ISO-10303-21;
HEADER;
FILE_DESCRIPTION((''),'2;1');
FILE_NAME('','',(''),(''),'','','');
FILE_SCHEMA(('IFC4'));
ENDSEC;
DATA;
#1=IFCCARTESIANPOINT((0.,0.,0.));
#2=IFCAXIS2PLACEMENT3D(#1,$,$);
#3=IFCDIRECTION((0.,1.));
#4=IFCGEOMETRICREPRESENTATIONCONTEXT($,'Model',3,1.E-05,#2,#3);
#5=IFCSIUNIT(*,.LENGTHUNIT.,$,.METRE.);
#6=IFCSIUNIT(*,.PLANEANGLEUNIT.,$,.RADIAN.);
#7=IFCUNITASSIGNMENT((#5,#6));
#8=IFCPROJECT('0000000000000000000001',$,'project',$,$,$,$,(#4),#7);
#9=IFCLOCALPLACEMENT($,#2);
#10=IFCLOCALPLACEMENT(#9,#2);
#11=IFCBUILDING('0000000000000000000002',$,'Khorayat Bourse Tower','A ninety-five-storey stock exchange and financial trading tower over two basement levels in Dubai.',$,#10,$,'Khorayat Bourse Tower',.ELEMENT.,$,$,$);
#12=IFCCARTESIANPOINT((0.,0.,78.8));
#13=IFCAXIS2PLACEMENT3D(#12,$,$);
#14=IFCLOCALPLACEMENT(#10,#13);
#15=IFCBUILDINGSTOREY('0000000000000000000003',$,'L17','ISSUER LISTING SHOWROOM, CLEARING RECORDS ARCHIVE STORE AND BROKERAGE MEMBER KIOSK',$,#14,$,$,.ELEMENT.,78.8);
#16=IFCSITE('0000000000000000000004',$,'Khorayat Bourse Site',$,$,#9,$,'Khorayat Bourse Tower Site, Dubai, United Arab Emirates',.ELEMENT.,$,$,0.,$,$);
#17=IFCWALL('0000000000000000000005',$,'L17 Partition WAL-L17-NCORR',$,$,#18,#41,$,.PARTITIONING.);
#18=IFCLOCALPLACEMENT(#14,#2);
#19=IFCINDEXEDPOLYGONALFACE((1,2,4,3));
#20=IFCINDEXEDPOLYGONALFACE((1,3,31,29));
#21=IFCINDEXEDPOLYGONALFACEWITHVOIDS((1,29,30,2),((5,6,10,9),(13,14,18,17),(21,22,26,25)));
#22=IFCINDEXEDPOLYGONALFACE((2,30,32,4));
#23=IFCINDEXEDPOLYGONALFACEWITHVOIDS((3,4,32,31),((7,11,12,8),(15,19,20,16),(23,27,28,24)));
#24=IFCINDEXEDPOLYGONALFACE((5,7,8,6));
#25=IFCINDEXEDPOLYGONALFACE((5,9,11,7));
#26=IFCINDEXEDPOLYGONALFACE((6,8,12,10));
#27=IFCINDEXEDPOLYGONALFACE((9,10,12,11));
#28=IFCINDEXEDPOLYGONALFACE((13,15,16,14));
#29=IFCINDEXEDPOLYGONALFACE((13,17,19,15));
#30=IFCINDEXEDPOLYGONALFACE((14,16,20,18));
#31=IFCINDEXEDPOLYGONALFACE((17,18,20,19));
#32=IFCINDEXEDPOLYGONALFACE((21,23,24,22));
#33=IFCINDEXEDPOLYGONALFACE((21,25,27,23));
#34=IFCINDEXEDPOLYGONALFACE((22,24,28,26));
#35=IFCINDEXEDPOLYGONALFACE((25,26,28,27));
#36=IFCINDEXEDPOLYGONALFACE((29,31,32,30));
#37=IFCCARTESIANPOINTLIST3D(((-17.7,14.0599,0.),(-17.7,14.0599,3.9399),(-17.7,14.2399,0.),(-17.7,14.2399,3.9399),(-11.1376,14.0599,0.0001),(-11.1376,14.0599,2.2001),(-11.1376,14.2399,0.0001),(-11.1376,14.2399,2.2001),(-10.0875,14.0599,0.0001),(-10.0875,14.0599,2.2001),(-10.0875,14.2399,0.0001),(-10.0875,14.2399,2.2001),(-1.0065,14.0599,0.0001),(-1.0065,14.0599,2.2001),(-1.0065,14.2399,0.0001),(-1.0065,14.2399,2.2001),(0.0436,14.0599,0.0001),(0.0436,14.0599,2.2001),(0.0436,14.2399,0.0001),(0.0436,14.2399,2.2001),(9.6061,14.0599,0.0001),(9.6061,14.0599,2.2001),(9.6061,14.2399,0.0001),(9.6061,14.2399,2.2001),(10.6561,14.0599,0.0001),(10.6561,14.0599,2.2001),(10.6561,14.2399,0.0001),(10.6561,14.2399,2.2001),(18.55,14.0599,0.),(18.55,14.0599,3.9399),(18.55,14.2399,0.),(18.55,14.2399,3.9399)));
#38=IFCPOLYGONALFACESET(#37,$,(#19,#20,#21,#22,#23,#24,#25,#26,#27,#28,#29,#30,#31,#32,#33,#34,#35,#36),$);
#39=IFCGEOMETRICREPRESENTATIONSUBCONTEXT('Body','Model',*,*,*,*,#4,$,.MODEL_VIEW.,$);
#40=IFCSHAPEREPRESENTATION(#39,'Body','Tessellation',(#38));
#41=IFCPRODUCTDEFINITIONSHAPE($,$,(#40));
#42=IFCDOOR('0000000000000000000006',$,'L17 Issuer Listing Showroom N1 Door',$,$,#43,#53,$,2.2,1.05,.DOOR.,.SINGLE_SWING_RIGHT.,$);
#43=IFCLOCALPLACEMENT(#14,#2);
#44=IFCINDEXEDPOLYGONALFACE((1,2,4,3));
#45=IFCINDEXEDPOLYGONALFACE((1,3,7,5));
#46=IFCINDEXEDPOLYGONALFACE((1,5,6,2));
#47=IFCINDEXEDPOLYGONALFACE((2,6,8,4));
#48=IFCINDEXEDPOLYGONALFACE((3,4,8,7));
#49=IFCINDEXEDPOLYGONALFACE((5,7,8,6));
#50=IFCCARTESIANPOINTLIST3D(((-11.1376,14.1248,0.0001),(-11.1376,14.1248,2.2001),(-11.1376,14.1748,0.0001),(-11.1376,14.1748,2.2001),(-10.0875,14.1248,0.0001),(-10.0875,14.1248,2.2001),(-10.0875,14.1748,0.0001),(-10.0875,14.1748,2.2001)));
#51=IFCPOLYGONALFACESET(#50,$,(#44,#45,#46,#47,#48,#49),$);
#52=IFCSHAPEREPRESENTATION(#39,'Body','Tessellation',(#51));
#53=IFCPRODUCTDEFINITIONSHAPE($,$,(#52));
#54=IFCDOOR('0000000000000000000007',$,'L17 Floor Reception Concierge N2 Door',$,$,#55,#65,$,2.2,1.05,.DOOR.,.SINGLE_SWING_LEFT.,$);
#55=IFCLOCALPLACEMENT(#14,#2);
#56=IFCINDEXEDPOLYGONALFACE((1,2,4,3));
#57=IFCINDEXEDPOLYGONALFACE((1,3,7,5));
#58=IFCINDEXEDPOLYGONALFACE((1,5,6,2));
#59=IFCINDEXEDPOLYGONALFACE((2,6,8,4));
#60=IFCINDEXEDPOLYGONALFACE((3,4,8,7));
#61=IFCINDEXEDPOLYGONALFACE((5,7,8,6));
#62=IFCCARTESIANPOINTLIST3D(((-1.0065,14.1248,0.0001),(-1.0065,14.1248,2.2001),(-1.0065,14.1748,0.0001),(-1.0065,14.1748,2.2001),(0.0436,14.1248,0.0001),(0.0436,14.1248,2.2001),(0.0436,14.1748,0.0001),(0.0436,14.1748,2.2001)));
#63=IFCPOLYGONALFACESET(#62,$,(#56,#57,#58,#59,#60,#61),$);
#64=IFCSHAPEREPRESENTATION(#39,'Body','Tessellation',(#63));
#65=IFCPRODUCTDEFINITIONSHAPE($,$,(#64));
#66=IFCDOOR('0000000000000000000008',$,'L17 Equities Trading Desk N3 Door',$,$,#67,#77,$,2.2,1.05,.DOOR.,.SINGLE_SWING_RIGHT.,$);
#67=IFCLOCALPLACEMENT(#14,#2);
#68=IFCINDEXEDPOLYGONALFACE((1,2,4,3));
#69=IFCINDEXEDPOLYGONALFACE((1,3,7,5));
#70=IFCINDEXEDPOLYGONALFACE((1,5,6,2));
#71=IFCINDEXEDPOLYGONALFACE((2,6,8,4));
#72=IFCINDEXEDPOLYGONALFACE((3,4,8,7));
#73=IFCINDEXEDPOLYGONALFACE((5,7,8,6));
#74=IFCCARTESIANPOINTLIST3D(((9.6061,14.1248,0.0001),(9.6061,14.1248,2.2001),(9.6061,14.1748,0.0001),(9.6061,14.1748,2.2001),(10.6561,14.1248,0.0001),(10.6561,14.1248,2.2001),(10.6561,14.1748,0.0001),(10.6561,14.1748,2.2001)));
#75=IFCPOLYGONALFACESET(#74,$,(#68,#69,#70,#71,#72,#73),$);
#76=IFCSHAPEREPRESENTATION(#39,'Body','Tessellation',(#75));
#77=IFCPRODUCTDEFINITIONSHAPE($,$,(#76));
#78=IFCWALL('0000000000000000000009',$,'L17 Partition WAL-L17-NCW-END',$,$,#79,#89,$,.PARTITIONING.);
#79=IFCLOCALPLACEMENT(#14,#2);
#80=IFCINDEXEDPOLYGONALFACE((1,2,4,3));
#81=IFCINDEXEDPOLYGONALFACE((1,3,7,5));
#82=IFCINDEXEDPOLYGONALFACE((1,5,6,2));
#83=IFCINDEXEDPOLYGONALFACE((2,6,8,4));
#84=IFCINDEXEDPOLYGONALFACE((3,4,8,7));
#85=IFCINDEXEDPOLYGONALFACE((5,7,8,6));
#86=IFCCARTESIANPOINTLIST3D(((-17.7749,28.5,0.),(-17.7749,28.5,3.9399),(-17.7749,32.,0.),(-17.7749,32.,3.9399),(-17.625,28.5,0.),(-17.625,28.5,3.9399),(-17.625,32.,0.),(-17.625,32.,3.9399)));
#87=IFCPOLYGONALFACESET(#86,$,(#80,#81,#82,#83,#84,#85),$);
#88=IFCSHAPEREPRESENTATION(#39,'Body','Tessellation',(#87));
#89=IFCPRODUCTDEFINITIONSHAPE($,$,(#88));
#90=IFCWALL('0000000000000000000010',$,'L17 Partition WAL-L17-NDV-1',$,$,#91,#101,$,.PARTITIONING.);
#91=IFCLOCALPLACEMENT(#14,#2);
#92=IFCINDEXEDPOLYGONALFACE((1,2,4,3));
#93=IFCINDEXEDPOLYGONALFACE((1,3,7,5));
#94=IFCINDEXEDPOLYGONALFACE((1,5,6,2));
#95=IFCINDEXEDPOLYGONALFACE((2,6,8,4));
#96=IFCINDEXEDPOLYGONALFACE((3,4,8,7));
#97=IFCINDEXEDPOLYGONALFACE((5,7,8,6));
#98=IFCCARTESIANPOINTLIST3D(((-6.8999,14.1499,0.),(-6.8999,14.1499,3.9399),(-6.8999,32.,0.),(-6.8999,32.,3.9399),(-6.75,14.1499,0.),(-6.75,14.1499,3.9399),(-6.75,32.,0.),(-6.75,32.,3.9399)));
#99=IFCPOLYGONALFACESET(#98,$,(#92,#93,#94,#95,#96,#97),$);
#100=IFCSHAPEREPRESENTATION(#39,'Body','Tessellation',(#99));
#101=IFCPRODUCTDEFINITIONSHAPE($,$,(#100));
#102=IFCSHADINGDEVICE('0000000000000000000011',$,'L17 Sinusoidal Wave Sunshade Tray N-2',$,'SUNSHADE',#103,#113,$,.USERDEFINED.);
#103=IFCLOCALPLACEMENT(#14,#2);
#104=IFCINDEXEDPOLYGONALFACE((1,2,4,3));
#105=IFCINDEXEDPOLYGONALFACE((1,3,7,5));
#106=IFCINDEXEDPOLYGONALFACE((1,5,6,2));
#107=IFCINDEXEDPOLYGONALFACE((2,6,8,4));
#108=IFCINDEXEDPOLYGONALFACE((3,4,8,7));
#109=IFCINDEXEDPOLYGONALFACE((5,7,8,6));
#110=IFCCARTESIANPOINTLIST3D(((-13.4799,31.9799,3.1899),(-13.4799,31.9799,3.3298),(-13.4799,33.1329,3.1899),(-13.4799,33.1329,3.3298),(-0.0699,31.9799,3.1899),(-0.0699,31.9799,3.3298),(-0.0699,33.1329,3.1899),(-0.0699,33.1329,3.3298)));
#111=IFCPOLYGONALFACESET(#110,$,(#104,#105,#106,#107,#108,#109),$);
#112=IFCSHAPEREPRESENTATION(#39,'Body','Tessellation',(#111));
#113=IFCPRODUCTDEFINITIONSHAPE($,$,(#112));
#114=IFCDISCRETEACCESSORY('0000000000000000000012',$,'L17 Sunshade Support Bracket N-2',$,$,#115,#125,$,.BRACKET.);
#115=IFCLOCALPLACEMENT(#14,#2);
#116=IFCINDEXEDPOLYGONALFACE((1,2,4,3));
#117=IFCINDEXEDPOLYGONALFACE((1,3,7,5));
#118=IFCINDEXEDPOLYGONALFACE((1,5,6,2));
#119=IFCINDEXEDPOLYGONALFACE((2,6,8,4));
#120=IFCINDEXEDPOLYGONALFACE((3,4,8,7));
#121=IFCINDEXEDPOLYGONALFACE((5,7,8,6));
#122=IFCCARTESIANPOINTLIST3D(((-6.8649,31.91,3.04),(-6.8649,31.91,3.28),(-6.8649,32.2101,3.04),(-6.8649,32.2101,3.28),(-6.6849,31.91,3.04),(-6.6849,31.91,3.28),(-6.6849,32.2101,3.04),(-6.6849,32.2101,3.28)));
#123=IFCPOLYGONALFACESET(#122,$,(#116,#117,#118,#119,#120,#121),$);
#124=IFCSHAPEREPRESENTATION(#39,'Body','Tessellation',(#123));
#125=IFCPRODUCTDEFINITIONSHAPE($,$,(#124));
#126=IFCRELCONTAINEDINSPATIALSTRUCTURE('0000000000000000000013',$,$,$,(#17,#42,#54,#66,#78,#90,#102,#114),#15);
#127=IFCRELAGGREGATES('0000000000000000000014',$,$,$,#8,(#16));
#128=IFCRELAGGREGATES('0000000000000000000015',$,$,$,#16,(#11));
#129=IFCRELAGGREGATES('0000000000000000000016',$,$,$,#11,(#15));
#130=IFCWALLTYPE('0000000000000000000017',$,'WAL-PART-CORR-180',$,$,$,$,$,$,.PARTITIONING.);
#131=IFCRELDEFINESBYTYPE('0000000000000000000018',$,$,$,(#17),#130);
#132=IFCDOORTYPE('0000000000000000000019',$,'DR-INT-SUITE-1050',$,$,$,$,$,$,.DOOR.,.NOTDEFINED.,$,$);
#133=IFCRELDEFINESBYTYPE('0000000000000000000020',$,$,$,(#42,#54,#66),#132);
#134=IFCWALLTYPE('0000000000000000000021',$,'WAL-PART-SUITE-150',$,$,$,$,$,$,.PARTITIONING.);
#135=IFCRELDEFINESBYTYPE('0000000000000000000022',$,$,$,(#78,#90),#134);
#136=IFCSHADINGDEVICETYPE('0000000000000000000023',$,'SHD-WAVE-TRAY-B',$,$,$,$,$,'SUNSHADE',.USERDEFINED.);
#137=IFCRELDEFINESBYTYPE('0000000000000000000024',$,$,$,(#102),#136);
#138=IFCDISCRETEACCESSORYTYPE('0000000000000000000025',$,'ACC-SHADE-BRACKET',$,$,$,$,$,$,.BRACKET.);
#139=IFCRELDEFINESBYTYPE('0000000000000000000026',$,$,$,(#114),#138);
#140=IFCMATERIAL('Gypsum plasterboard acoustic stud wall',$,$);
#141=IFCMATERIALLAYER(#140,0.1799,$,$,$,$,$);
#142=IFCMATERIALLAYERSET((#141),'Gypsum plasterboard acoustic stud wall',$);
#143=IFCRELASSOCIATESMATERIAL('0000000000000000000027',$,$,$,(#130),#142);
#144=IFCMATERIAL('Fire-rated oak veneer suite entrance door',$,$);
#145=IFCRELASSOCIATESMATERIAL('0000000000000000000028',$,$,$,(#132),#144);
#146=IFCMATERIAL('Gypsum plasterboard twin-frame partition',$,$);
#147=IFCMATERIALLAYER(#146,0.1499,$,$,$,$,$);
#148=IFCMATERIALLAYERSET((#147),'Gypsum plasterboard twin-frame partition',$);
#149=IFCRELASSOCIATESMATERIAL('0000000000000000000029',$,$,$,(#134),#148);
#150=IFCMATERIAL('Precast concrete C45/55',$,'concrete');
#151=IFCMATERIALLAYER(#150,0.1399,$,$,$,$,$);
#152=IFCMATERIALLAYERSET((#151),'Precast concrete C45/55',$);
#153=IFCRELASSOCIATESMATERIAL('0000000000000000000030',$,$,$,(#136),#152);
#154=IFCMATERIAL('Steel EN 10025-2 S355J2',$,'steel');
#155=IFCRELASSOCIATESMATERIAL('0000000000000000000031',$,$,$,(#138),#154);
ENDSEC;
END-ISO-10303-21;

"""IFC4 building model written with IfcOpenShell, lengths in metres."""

from ifc_helpers import new_model, si_unit, direction, frame, frame_2d, origin, origin_2d, place, context, subcontext, project, spatial, rectangle, extrude, source, transform, mapped, material, layer, layer_set, type_object, element, fill, save


model = new_model("IFC4")

# Units and contexts
model_context = context("Model", 3, precision=1e-05, world=origin(), true_north=direction((0.0, 1.0)))
body_context = subcontext(model_context, "Body", "Model", "MODEL_VIEW")
ifc_project = project(units=[si_unit("LENGTHUNIT", "METRE"), si_unit("PLANEANGLEUNIT", "RADIAN")], contexts=[model_context])

# Site, building, storey
site_placement = place(None, origin())
site = spatial("IfcSite", under=ifc_project, at=site_placement, Name="Khorayat Bourse Site", LongName="Khorayat Bourse Tower Site, Dubai, United Arab Emirates", CompositionType="ELEMENT", RefElevation=0.0)
building_placement = place(site_placement, origin())
building = spatial("IfcBuilding", under=site, at=building_placement, Name="Khorayat Bourse Tower", Description="A ninety-five-storey stock exchange and financial trading tower over two basement levels in Dubai.", LongName="Khorayat Bourse Tower", CompositionType="ELEMENT")
storey_placement = place(building_placement, frame((0.0, 0.0, 78.8)))
storey = spatial("IfcBuildingStorey", under=building, at=storey_placement, Name="L17", Description="ISSUER LISTING SHOWROOM, CLEARING RECORDS ARCHIVE STORE AND BROKERAGE MEMBER KIOSK", CompositionType="ELEMENT", Elevation=78.8)

# Shared definitions
ifc_material_1 = material(Name="Steel EN 10025-2 S355J2", Category="steel")

# Wall, openings, doors
ifc_material_2 = material(Name="Gypsum plasterboard acoustic stud wall")
ifc_layer_1 = layer(ifc_material_2, 0.1799)
ifc_layer_set_1 = layer_set([ifc_layer_1], Name="Gypsum plasterboard acoustic stud wall")
wall_type_1 = type_object("IfcWallType", Name="WAL-PART-CORR-180", PredefinedType="PARTITIONING", material=ifc_layer_set_1)
shared_shape_1 = source(origin(), body_context, "Body", "SweptSolid", [
    extrude(rectangle(XDim=36.25, YDim=0.1799, at=frame_2d((18.125, 0.0))), origin(), (0.0, 0.0, 1.0), 3.9399),
])
wall_1_placement = place(storey_placement, frame((-17.7, 14.1499, 0.0), z_axis=(0.0, 0.0, 1.0), x_axis=(1.0, 0.0, 0.0)))
wall_1 = element("IfcWall", 1, at=wall_1_placement, inside=storey, type_object=wall_type_1, Name="L17 Partition WAL-L17-NCORR", PredefinedType="PARTITIONING", context=body_context, shape_type="MappedRepresentation", body=[
    mapped(shared_shape_1, transform((0.0, 0.0, 0.0), scale=1.0)),
])
shared_shape_2 = source(origin(), body_context, "Body", "SweptSolid", [
    extrude(rectangle(XDim=1.05, YDim=2.2, at=frame_2d((0.5249, 1.1001))), frame((0.0, 0.0999, 0.0), z_axis=(0.0, -1.0, 0.0), x_axis=(1.0, 0.0, 0.0)), (0.0, 0.0, 1.0), 0.2),
])
opening_1_placement = place(wall_1_placement, frame((6.5625, 0.0, 0.0)))
opening_1 = element("IfcOpeningElement", 2, at=opening_1_placement, cuts=wall_1, PredefinedType="OPENING", context=body_context, shape_type="MappedRepresentation", body=[
    mapped(shared_shape_2, transform((0.0, 0.0, 0.0), scale=1.0)),
])
opening_2_placement = place(wall_1_placement, frame((16.6936, 0.0, 0.0)))
opening_2 = element("IfcOpeningElement", 3, at=opening_2_placement, cuts=wall_1, PredefinedType="OPENING", context=body_context, shape_type="MappedRepresentation", body=[
    mapped(shared_shape_2, transform((0.0, 0.0, 0.0), scale=1.0)),
])
opening_3_placement = place(wall_1_placement, frame((27.3062, 0.0, 0.0)))
opening_3 = element("IfcOpeningElement", 4, at=opening_3_placement, cuts=wall_1, PredefinedType="OPENING", context=body_context, shape_type="MappedRepresentation", body=[
    mapped(shared_shape_2, transform((0.0, 0.0, 0.0), scale=1.0)),
])
ifc_material_3 = material(Name="Fire-rated oak veneer suite entrance door")
door_type_1 = type_object("IfcDoorType", Name="DR-INT-SUITE-1050", OperationType="NOTDEFINED", PredefinedType="DOOR", material=ifc_material_3)
shared_shape_3 = source(origin(), body_context, "Body", "SweptSolid", [
    extrude(rectangle(XDim=1.05, YDim=2.2, at=frame_2d((0.5249, 1.1001))), frame((0.0, 0.0249, 0.0), z_axis=(0.0, -1.0, 0.0), x_axis=(1.0, 0.0, 0.0)), (0.0, 0.0, 1.0), 0.05),
])
door_1_placement = place(opening_1_placement, origin())
door_1 = element("IfcDoor", 5, at=door_1_placement, inside=storey, type_object=door_type_1, Name="L17 Issuer Listing Showroom N1 Door", OperationType="SINGLE_SWING_RIGHT", OverallHeight=2.2, OverallWidth=1.05, PredefinedType="DOOR", context=body_context, shape_type="MappedRepresentation", body=[
    mapped(shared_shape_3, transform((0.0, 0.0, 0.0), scale=1.0)),
])
fill(opening_1, door_1)
door_2_placement = place(opening_2_placement, origin())
door_2 = element("IfcDoor", 6, at=door_2_placement, inside=storey, type_object=door_type_1, Name="L17 Floor Reception Concierge N2 Door", OperationType="SINGLE_SWING_LEFT", OverallHeight=2.2, OverallWidth=1.05, PredefinedType="DOOR", context=body_context, shape_type="MappedRepresentation", body=[
    mapped(shared_shape_3, transform((0.0, 0.0, 0.0), scale=1.0)),
])
fill(opening_2, door_2)
door_3_placement = place(opening_3_placement, origin())
door_3 = element("IfcDoor", 7, at=door_3_placement, inside=storey, type_object=door_type_1, Name="L17 Equities Trading Desk N3 Door", OperationType="SINGLE_SWING_RIGHT", OverallHeight=2.2, OverallWidth=1.05, PredefinedType="DOOR", context=body_context, shape_type="MappedRepresentation", body=[
    mapped(shared_shape_3, transform((0.0, 0.0, 0.0), scale=1.0)),
])
fill(opening_3, door_3)

# Walls
ifc_material_4 = material(Name="Gypsum plasterboard twin-frame partition")
ifc_layer_2 = layer(ifc_material_4, 0.1499)
ifc_layer_set_2 = layer_set([ifc_layer_2], Name="Gypsum plasterboard twin-frame partition")
wall_type_2 = type_object("IfcWallType", Name="WAL-PART-SUITE-150", PredefinedType="PARTITIONING", material=ifc_layer_set_2)
shared_shape_4 = source(origin(), body_context, "Body", "SweptSolid", [
    extrude(rectangle(XDim=3.5, YDim=0.1499, at=frame_2d((1.75, 0.0))), origin(), (0.0, 0.0, 1.0), 3.9399),
])
wall_2_placement = place(storey_placement, frame((-17.7, 28.5, 0.0), z_axis=(0.0, 0.0, 1.0), x_axis=(0.0, 1.0, 0.0)))
element("IfcWall", 8, at=wall_2_placement, inside=storey, type_object=wall_type_2, Name="L17 Partition WAL-L17-NCW-END", PredefinedType="PARTITIONING", context=body_context, shape_type="MappedRepresentation", body=[
    mapped(shared_shape_4, transform((0.0, 0.0, 0.0), scale=1.0)),
])
shared_shape_5 = source(origin(), body_context, "Body", "SweptSolid", [
    extrude(rectangle(XDim=17.8501, YDim=0.1499, at=frame_2d((8.925, 0.0))), origin(), (0.0, 0.0, 1.0), 3.9399),
])
wall_3_placement = place(storey_placement, frame((-6.825, 14.1499, 0.0), z_axis=(0.0, 0.0, 1.0), x_axis=(0.0, 1.0, 0.0)))
element("IfcWall", 9, at=wall_3_placement, inside=storey, type_object=wall_type_2, Name="L17 Partition WAL-L17-NDV-1", PredefinedType="PARTITIONING", context=body_context, shape_type="MappedRepresentation", body=[
    mapped(shared_shape_5, transform((0.0, 0.0, 0.0), scale=1.0)),
])

# Shading device
ifc_material_5 = material(Name="Precast concrete C45/55", Category="concrete")
ifc_layer_3 = layer(ifc_material_5, 0.1399)
ifc_layer_set_3 = layer_set([ifc_layer_3], Name="Precast concrete C45/55")
shading_device_type = type_object("IfcShadingDeviceType", Name="SHD-WAVE-TRAY-B", ElementType="SUNSHADE", PredefinedType="USERDEFINED", material=ifc_layer_set_3)
shared_shape_6 = source(origin(), body_context, "Body", "SweptSolid", [
    extrude(rectangle(XDim=13.4099, YDim=1.1531, at=origin_2d()), origin(), (0.0, 0.0, 1.0), 0.1399),
])
shading_device_placement = place(storey_placement, frame((-6.7749, 32.5564, 3.1899), z_axis=(0.0, 0.0, 1.0), x_axis=(1.0, 0.0, 0.0)))
element("IfcShadingDevice", 10, at=shading_device_placement, inside=storey, type_object=shading_device_type, Name="L17 Sinusoidal Wave Sunshade Tray N-2", ObjectType="SUNSHADE", PredefinedType="USERDEFINED", context=body_context, shape_type="MappedRepresentation", body=[
    mapped(shared_shape_6, transform((0.0, 0.0, 0.0), scale=1.0)),
])

# Discrete accessory
discrete_accessory_type = type_object("IfcDiscreteAccessoryType", Name="ACC-SHADE-BRACKET", PredefinedType="BRACKET", material=ifc_material_1)
shared_shape_7 = source(origin(), body_context, "Body", "SweptSolid", [
    extrude(rectangle(XDim=0.1799, YDim=0.3, at=origin_2d()), origin(), (0.0, 0.0, 1.0), 0.24),
])
discrete_accessory_placement = place(storey_placement, frame((-6.7749, 32.0601, 3.04), z_axis=(0.0, 0.0, 1.0), x_axis=(1.0, 0.0, 0.0)))
element("IfcDiscreteAccessory", 11, at=discrete_accessory_placement, inside=storey, type_object=discrete_accessory_type, Name="L17 Sunshade Support Bracket N-2", PredefinedType="BRACKET", context=body_context, shape_type="MappedRepresentation", body=[
    mapped(shared_shape_7, transform((0.0, 0.0, 0.0), scale=1.0)),
])

save(model, "model.ifc")
